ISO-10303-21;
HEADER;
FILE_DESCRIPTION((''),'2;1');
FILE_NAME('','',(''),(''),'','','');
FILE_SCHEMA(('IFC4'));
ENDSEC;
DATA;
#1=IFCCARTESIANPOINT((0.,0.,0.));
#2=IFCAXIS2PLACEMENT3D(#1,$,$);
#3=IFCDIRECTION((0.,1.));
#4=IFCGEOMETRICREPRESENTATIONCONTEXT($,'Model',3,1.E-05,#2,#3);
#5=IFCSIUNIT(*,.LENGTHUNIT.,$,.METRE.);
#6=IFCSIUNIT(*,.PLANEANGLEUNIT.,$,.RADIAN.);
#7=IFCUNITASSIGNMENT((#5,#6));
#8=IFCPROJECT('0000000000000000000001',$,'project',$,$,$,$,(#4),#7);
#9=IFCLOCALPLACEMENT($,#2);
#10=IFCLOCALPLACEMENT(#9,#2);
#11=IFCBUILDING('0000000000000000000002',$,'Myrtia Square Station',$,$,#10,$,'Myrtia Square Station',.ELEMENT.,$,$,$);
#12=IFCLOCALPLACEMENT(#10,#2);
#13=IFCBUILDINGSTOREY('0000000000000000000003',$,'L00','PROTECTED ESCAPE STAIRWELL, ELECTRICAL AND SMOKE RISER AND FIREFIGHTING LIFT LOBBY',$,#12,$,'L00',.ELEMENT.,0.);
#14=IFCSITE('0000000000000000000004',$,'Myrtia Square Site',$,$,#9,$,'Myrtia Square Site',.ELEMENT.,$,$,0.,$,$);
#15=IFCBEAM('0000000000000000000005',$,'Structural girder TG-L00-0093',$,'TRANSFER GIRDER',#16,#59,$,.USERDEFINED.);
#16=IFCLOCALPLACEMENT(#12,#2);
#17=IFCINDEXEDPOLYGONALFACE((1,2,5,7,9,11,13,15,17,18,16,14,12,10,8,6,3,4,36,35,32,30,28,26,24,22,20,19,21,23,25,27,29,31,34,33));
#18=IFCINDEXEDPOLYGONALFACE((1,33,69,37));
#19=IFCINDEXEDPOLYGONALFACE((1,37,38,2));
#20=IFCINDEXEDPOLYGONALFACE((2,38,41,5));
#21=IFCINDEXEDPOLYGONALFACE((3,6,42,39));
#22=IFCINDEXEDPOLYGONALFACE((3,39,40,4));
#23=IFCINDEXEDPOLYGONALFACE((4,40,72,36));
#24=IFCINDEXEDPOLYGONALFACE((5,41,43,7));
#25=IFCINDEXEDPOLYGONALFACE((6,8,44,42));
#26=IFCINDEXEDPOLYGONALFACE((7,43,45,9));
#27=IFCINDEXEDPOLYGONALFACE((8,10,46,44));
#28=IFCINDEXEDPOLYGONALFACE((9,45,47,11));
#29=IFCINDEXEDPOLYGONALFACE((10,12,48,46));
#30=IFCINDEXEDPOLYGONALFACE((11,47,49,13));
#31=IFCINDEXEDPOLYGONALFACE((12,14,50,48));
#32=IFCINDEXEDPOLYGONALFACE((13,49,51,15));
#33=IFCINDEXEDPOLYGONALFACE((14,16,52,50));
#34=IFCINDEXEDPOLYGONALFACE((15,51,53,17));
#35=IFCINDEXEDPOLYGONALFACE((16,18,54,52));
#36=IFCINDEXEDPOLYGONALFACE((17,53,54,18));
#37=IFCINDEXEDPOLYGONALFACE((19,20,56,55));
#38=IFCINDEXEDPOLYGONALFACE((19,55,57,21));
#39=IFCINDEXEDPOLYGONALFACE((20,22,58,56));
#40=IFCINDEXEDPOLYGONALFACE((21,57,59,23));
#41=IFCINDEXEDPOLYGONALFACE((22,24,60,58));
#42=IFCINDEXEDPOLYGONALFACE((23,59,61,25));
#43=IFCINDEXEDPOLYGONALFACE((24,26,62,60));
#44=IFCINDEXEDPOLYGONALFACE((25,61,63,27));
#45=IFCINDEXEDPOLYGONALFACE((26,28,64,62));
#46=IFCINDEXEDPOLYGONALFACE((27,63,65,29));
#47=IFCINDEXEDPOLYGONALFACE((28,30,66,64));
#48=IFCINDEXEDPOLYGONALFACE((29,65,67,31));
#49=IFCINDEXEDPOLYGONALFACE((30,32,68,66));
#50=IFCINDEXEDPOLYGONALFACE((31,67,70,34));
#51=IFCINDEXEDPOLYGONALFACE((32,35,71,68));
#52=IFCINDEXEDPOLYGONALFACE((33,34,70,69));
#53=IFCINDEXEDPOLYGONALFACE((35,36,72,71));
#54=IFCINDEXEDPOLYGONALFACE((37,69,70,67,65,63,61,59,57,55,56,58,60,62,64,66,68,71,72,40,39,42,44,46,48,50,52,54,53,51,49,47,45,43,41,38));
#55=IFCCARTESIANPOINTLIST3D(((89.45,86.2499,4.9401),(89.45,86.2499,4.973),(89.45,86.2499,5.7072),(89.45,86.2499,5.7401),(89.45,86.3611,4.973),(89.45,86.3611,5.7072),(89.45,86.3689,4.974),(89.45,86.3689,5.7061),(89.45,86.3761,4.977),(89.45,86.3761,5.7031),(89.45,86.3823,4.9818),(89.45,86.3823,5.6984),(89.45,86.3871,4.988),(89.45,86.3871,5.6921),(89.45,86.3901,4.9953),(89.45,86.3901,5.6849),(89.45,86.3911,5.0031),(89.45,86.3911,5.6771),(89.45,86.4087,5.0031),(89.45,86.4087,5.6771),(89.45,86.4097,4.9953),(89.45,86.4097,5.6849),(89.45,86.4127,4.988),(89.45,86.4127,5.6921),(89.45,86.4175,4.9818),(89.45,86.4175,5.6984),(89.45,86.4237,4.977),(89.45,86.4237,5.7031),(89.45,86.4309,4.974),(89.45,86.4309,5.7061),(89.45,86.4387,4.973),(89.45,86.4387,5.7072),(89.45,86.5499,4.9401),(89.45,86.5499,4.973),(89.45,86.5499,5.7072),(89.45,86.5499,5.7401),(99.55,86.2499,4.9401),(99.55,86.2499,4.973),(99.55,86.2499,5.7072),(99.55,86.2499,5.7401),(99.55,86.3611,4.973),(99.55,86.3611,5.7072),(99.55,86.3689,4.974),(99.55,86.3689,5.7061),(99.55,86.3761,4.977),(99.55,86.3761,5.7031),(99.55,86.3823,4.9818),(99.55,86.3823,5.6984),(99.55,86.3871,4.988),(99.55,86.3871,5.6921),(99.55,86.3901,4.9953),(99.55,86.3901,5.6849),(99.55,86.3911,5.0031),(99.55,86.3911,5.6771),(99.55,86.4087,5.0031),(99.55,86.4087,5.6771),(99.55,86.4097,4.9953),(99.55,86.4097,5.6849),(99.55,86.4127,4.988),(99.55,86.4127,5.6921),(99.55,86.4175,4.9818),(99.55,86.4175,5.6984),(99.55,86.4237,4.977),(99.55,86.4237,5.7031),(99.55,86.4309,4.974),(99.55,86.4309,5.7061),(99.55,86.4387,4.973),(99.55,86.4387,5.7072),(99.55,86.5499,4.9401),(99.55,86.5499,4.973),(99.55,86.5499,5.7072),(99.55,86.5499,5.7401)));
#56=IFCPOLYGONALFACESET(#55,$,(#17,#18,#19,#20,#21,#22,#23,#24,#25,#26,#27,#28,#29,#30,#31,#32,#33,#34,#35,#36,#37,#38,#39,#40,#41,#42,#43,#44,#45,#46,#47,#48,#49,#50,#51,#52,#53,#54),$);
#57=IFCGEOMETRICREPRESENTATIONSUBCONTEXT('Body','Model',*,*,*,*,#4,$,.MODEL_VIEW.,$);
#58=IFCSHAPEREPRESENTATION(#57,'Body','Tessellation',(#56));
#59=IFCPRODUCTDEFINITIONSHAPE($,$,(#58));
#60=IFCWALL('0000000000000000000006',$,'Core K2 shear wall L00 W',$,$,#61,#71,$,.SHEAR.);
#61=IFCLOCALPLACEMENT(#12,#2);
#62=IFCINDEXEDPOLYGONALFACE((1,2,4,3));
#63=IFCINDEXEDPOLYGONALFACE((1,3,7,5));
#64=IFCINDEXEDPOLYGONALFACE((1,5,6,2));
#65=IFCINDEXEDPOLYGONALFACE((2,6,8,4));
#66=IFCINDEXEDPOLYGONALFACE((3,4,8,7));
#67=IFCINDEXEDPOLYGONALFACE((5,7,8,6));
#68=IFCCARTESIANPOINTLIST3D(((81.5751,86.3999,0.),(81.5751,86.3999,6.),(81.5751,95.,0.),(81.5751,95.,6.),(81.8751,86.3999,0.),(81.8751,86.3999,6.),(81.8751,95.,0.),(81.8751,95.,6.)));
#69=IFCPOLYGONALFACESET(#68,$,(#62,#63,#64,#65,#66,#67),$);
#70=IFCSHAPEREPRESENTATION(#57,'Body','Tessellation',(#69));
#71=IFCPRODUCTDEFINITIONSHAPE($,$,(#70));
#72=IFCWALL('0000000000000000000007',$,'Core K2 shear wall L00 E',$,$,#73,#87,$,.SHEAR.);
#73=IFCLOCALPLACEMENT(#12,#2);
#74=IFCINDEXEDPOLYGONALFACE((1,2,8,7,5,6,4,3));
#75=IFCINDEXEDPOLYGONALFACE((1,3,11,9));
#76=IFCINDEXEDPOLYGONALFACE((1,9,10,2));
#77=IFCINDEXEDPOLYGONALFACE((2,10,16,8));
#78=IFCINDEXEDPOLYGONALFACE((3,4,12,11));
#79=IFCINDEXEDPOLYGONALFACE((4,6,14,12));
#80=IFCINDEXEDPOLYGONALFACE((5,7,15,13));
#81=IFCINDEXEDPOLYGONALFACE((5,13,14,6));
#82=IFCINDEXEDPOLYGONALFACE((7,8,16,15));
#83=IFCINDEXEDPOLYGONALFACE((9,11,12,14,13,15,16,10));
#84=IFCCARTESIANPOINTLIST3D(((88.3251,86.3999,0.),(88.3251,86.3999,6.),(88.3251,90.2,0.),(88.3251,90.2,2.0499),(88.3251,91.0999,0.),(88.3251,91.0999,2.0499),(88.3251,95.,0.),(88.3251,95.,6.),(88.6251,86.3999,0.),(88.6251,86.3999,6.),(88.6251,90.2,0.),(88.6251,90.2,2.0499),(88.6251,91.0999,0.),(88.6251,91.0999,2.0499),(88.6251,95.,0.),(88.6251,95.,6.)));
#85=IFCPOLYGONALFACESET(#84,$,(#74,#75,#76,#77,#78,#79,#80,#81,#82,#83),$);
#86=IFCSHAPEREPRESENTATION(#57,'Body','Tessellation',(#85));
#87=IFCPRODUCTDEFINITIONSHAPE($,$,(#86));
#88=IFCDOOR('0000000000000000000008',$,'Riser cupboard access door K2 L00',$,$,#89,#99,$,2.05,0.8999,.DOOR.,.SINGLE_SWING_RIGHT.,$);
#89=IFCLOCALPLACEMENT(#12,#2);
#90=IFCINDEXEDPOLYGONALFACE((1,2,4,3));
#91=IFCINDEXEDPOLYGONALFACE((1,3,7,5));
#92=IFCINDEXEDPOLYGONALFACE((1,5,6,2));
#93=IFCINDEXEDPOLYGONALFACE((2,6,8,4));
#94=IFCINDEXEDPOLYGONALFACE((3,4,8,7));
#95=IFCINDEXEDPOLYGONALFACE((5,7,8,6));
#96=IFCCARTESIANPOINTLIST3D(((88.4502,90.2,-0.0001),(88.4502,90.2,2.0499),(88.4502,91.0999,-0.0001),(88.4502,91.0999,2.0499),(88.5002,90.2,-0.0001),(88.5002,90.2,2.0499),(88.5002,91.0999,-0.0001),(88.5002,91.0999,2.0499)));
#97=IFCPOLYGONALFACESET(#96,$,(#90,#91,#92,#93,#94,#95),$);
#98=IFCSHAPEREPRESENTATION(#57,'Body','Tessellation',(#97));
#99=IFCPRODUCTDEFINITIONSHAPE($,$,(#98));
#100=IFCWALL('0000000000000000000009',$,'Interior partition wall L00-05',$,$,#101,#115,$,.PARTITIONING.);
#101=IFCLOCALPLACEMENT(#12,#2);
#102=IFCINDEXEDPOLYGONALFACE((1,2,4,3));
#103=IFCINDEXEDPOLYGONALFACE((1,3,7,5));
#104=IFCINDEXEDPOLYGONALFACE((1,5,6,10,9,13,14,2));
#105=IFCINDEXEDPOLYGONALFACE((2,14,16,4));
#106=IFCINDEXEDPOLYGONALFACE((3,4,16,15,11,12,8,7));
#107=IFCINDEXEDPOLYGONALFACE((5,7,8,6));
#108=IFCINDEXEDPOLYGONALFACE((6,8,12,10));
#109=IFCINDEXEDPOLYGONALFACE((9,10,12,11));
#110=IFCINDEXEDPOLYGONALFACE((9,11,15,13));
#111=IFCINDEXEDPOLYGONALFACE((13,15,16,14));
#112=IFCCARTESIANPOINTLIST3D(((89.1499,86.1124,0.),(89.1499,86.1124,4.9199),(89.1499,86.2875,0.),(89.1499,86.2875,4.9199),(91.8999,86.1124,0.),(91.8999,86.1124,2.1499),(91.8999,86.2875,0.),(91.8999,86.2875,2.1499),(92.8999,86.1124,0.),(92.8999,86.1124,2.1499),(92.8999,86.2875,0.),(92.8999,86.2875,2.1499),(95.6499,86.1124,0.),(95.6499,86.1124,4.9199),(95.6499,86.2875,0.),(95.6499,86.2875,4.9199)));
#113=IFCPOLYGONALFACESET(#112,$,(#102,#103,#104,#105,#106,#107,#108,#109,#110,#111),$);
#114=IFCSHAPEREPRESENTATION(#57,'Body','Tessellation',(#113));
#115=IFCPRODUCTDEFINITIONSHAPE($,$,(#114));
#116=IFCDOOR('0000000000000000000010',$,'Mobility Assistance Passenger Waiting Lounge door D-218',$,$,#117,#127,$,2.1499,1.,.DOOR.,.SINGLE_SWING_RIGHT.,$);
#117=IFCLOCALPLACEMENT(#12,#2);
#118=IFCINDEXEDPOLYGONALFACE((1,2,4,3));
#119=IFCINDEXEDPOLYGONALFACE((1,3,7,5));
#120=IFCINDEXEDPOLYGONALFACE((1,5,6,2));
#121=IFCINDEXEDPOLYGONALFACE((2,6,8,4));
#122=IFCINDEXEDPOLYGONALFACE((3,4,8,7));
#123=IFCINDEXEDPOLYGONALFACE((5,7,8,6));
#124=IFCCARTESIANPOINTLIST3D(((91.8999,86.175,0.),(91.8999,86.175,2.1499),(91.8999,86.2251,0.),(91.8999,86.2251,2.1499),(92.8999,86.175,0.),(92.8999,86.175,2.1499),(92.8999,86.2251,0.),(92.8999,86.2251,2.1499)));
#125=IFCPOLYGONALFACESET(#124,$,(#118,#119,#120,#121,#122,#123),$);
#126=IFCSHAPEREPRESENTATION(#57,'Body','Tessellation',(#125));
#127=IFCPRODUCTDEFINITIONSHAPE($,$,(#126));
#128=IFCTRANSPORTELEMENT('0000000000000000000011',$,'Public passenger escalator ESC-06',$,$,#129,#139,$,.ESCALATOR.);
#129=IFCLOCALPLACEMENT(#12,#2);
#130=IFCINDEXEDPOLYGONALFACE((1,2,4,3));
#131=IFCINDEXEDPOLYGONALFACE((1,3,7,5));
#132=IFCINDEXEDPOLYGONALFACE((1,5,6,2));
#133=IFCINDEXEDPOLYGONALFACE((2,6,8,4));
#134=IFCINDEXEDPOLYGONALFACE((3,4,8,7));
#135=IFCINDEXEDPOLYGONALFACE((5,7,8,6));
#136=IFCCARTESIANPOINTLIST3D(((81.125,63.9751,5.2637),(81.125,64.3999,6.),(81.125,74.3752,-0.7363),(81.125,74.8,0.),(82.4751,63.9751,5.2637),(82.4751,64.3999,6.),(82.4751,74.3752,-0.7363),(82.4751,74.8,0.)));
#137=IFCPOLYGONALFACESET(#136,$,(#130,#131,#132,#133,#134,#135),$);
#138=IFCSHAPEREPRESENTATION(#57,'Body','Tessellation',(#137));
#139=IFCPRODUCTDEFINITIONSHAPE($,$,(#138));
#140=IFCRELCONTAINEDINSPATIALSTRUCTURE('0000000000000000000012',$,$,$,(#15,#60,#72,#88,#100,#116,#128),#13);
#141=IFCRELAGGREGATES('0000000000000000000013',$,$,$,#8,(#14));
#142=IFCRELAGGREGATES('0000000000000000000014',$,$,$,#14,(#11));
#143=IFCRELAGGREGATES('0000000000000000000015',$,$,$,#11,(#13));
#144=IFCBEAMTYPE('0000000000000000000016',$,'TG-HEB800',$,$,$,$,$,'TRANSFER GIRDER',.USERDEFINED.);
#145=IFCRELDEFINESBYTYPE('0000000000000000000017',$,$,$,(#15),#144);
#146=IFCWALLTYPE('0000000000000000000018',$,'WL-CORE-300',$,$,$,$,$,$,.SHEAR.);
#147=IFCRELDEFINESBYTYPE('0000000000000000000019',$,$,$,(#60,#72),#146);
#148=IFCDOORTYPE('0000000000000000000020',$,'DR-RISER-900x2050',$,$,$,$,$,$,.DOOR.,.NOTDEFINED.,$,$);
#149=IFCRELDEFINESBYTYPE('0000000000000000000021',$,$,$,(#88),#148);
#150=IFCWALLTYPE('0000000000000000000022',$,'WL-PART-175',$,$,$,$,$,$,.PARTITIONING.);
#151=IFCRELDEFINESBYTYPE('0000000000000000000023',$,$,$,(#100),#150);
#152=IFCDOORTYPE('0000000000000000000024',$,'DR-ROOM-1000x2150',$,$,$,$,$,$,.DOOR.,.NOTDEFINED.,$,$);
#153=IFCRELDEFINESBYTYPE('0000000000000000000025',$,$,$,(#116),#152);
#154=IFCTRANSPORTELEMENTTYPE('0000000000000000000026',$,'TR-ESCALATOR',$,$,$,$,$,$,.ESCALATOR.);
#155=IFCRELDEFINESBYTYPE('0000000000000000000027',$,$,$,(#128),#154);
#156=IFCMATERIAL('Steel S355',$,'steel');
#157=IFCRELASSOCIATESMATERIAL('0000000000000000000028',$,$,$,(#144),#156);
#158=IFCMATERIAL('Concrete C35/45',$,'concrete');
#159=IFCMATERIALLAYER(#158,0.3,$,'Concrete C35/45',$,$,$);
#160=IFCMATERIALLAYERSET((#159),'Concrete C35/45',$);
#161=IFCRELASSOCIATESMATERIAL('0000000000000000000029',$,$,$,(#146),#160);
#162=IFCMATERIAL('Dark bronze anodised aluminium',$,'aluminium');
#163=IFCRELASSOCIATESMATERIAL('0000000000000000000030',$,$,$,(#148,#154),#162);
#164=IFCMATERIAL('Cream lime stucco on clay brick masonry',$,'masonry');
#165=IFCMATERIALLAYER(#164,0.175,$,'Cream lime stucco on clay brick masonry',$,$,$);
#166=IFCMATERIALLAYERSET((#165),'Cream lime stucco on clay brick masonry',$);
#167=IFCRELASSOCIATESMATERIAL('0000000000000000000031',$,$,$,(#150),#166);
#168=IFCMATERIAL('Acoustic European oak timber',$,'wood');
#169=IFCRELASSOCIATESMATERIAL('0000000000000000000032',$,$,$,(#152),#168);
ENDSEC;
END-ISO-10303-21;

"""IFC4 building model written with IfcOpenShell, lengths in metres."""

from ifc_helpers import new_model, si_unit, direction, frame, frame_2d, origin, origin_2d, place, context, subcontext, project, spatial, polyline, rectangle, i_section, outline, extrude, material, layer, layer_set, material_profile, profile_set, type_object, element, fill, save


model = new_model("IFC4")

# Units and contexts
model_context = context("Model", 3, precision=1e-05, world=origin(), true_north=direction((0.0, 1.0)))
body_context = subcontext(model_context, "Body", "Model", "MODEL_VIEW")
ifc_project = project(units=[si_unit("LENGTHUNIT", "METRE"), si_unit("PLANEANGLEUNIT", "RADIAN")], contexts=[model_context])

# Site, building, storey
site_placement = place(None, origin())
site = spatial("IfcSite", under=ifc_project, at=site_placement, Name="Myrtia Square Site", LongName="Myrtia Square Site", CompositionType="ELEMENT", RefElevation=0.0)
building_placement = place(site_placement, origin())
building = spatial("IfcBuilding", under=site, at=building_placement, Name="Myrtia Square Station", LongName="Myrtia Square Station", CompositionType="ELEMENT")
storey_placement = place(building_placement, origin())
storey = spatial("IfcBuildingStorey", under=building, at=storey_placement, Name="L00", Description="PROTECTED ESCAPE STAIRWELL, ELECTRICAL AND SMOKE RISER AND FIREFIGHTING LIFT LOBBY", LongName="L00", CompositionType="ELEMENT", Elevation=0.0)

# Shared definitions
ifc_material_1 = material(Name="Steel S355", Category="steel")

# Beam
ifc_material_profile_1 = material_profile(ifc_material_1, i_section(OverallWidth=0.3, OverallDepth=0.8, WebThickness=0.0176, FlangeThickness=0.033, FilletRadius=0.03, at=origin_2d()), Name="HEB 800")
ifc_profile_set_1 = profile_set([ifc_material_profile_1], Name="Steel S355")
beam_type_1 = type_object("IfcBeamType", Name="TG-HEB800", ElementType="TRANSFER GIRDER", PredefinedType="USERDEFINED", material=ifc_profile_set_1)
beam_1_placement = place(storey_placement, frame((89.45, 86.3999, 5.3401), z_axis=(1.0, 0.0, 0.0), x_axis=(0.0, 1.0, 0.0)))
element("IfcBeam", 1, at=beam_1_placement, inside=storey, type_object=beam_type_1, Name="Structural girder TG-L00-0093", ObjectType="TRANSFER GIRDER", PredefinedType="USERDEFINED", context=body_context, shape_type="SweptSolid", body=[
    extrude(i_section(OverallWidth=0.3, OverallDepth=0.8, WebThickness=0.0176, FlangeThickness=0.033, FilletRadius=0.03, at=origin_2d()), origin(), (0.0, 0.0, 1.0), 10.1001),
])

# Wall
ifc_material_2 = material(Name="Concrete C35/45", Category="concrete")
ifc_layer_1 = layer(ifc_material_2, 0.3, Name="Concrete C35/45")
ifc_layer_set_1 = layer_set([ifc_layer_1], Name="Concrete C35/45")
wall_type_1 = type_object("IfcWallType", Name="WL-CORE-300", PredefinedType="SHEAR", material=ifc_layer_set_1)
wall_1_placement = place(storey_placement, frame((81.7251, 86.3999, 0.0), z_axis=(0.0, 0.0, 1.0), x_axis=(0.0, 1.0, 0.0)))
element("IfcWall", 2, at=wall_1_placement, inside=storey, type_object=wall_type_1, Name="Core K2 shear wall L00 W", PredefinedType="SHEAR", context=body_context, shape_type="SweptSolid", body=[
    extrude(rectangle(XDim=8.6001, YDim=0.3, at=frame_2d((4.3, 0.0))), origin(), (0.0, 0.0, 1.0), 6.0),
])

# Wall, opening, door
wall_2_placement = place(storey_placement, frame((88.4751, 86.3999, 0.0), z_axis=(0.0, 0.0, 1.0), x_axis=(0.0, 1.0, 0.0)))
wall_2 = element("IfcWall", 3, at=wall_2_placement, inside=storey, type_object=wall_type_1, Name="Core K2 shear wall L00 E", PredefinedType="SHEAR", context=body_context, shape_type="SweptSolid", body=[
    extrude(rectangle(XDim=8.6001, YDim=0.3, at=frame_2d((4.3, 0.0))), origin(), (0.0, 0.0, 1.0), 6.0),
])
opening_1_placement = place(wall_2_placement, frame((3.8, 0.0, 0.0)))
opening_1 = element("IfcOpeningElement", 4, at=opening_1_placement, cuts=wall_2, PredefinedType="OPENING", context=body_context, shape_type="SweptSolid", body=[
    extrude(rectangle(XDim=0.8999, YDim=2.05, at=frame_2d((0.45, 1.0249))), frame((0.0, 0.165, 0.0), z_axis=(0.0, -1.0, 0.0), x_axis=(1.0, 0.0, 0.0)), (0.0, 0.0, 1.0), 0.3301),
])
ifc_material_3 = material(Name="Dark bronze anodised aluminium", Category="aluminium")
door_type_1 = type_object("IfcDoorType", Name="DR-RISER-900x2050", OperationType="NOTDEFINED", PredefinedType="DOOR", material=ifc_material_3)
door_1_placement = place(opening_1_placement, origin())
door_1 = element("IfcDoor", 5, at=door_1_placement, inside=storey, type_object=door_type_1, Name="Riser cupboard access door K2 L00", OperationType="SINGLE_SWING_RIGHT", OverallHeight=2.05, OverallWidth=0.8999, PredefinedType="DOOR", context=body_context, shape_type="SweptSolid", body=[
    extrude(rectangle(XDim=0.8999, YDim=2.05, at=frame_2d((0.45, 1.0249))), frame((0.0, 0.0249, 0.0), z_axis=(0.0, -1.0, 0.0), x_axis=(1.0, 0.0, 0.0)), (0.0, 0.0, 1.0), 0.05),
])
fill(opening_1, door_1)

# Wall, opening, door
ifc_material_4 = material(Name="Cream lime stucco on clay brick masonry", Category="masonry")
ifc_layer_2 = layer(ifc_material_4, 0.175, Name="Cream lime stucco on clay brick masonry")
ifc_layer_set_2 = layer_set([ifc_layer_2], Name="Cream lime stucco on clay brick masonry")
wall_type_2 = type_object("IfcWallType", Name="WL-PART-175", PredefinedType="PARTITIONING", material=ifc_layer_set_2)
wall_3_placement = place(storey_placement, frame((89.1499, 86.2, 0.0), z_axis=(0.0, 0.0, 1.0), x_axis=(1.0, 0.0, 0.0)))
wall_3 = element("IfcWall", 6, at=wall_3_placement, inside=storey, type_object=wall_type_2, Name="Interior partition wall L00-05", PredefinedType="PARTITIONING", context=body_context, shape_type="SweptSolid", body=[
    extrude(rectangle(XDim=6.5, YDim=0.175, at=frame_2d((3.25, 0.0))), origin(), (0.0, 0.0, 1.0), 4.9199),
])
opening_2_placement = place(wall_3_placement, frame((2.75, 0.0, 0.0)))
opening_2 = element("IfcOpeningElement", 7, at=opening_2_placement, cuts=wall_3, PredefinedType="OPENING", context=body_context, shape_type="SweptSolid", body=[
    extrude(rectangle(XDim=1.0, YDim=2.1499, at=frame_2d((0.5, 1.075))), frame((0.0, 0.1025, 0.0), z_axis=(0.0, -1.0, 0.0), x_axis=(1.0, 0.0, 0.0)), (0.0, 0.0, 1.0), 0.2051),
])
ifc_material_5 = material(Name="Acoustic European oak timber", Category="wood")
door_type_2 = type_object("IfcDoorType", Name="DR-ROOM-1000x2150", OperationType="NOTDEFINED", PredefinedType="DOOR", material=ifc_material_5)
door_2_placement = place(opening_2_placement, frame((1.0, 0.0, 0.0), z_axis=(0.0, 0.0, 1.0), x_axis=(-1.0, 0.0, 0.0)))
door_2 = element("IfcDoor", 8, at=door_2_placement, inside=storey, type_object=door_type_2, Name="Mobility Assistance Passenger Waiting Lounge door D-218", OperationType="SINGLE_SWING_RIGHT", OverallHeight=2.1499, OverallWidth=1.0, PredefinedType="DOOR", context=body_context, shape_type="SweptSolid", body=[
    extrude(rectangle(XDim=1.0, YDim=2.1499, at=frame_2d((0.5, 1.075))), frame((0.0, 0.0249, 0.0), z_axis=(0.0, -1.0, 0.0), x_axis=(1.0, 0.0, 0.0)), (0.0, 0.0, 1.0), 0.05),
])
fill(opening_2, door_2)

# Transport element
transport_element_type = type_object("IfcTransportElementType", Name="TR-ESCALATOR", PredefinedType="ESCALATOR", material=ifc_material_3)
transport_element_placement = place(storey_placement, frame((82.4751, 74.8, 0.0), z_axis=(0.0, 0.499717, 0.866189), x_axis=(0.0, -0.866189, 0.499717)))
element("IfcTransportElement", 9, at=transport_element_placement, inside=storey, type_object=transport_element_type, Name="Public passenger escalator ESC-06", PredefinedType="ESCALATOR", context=body_context, shape_type="SweptSolid", body=[
    extrude(outline(polyline([(0.0, 0.0), (12.0068, 0.0), (12.0068, -1.3501), (0.0, -1.3501), (0.0, 0.0)])), origin(), (0.0, 0.0, -1.0), 0.8501),
])

save(model, "model.ifc")
